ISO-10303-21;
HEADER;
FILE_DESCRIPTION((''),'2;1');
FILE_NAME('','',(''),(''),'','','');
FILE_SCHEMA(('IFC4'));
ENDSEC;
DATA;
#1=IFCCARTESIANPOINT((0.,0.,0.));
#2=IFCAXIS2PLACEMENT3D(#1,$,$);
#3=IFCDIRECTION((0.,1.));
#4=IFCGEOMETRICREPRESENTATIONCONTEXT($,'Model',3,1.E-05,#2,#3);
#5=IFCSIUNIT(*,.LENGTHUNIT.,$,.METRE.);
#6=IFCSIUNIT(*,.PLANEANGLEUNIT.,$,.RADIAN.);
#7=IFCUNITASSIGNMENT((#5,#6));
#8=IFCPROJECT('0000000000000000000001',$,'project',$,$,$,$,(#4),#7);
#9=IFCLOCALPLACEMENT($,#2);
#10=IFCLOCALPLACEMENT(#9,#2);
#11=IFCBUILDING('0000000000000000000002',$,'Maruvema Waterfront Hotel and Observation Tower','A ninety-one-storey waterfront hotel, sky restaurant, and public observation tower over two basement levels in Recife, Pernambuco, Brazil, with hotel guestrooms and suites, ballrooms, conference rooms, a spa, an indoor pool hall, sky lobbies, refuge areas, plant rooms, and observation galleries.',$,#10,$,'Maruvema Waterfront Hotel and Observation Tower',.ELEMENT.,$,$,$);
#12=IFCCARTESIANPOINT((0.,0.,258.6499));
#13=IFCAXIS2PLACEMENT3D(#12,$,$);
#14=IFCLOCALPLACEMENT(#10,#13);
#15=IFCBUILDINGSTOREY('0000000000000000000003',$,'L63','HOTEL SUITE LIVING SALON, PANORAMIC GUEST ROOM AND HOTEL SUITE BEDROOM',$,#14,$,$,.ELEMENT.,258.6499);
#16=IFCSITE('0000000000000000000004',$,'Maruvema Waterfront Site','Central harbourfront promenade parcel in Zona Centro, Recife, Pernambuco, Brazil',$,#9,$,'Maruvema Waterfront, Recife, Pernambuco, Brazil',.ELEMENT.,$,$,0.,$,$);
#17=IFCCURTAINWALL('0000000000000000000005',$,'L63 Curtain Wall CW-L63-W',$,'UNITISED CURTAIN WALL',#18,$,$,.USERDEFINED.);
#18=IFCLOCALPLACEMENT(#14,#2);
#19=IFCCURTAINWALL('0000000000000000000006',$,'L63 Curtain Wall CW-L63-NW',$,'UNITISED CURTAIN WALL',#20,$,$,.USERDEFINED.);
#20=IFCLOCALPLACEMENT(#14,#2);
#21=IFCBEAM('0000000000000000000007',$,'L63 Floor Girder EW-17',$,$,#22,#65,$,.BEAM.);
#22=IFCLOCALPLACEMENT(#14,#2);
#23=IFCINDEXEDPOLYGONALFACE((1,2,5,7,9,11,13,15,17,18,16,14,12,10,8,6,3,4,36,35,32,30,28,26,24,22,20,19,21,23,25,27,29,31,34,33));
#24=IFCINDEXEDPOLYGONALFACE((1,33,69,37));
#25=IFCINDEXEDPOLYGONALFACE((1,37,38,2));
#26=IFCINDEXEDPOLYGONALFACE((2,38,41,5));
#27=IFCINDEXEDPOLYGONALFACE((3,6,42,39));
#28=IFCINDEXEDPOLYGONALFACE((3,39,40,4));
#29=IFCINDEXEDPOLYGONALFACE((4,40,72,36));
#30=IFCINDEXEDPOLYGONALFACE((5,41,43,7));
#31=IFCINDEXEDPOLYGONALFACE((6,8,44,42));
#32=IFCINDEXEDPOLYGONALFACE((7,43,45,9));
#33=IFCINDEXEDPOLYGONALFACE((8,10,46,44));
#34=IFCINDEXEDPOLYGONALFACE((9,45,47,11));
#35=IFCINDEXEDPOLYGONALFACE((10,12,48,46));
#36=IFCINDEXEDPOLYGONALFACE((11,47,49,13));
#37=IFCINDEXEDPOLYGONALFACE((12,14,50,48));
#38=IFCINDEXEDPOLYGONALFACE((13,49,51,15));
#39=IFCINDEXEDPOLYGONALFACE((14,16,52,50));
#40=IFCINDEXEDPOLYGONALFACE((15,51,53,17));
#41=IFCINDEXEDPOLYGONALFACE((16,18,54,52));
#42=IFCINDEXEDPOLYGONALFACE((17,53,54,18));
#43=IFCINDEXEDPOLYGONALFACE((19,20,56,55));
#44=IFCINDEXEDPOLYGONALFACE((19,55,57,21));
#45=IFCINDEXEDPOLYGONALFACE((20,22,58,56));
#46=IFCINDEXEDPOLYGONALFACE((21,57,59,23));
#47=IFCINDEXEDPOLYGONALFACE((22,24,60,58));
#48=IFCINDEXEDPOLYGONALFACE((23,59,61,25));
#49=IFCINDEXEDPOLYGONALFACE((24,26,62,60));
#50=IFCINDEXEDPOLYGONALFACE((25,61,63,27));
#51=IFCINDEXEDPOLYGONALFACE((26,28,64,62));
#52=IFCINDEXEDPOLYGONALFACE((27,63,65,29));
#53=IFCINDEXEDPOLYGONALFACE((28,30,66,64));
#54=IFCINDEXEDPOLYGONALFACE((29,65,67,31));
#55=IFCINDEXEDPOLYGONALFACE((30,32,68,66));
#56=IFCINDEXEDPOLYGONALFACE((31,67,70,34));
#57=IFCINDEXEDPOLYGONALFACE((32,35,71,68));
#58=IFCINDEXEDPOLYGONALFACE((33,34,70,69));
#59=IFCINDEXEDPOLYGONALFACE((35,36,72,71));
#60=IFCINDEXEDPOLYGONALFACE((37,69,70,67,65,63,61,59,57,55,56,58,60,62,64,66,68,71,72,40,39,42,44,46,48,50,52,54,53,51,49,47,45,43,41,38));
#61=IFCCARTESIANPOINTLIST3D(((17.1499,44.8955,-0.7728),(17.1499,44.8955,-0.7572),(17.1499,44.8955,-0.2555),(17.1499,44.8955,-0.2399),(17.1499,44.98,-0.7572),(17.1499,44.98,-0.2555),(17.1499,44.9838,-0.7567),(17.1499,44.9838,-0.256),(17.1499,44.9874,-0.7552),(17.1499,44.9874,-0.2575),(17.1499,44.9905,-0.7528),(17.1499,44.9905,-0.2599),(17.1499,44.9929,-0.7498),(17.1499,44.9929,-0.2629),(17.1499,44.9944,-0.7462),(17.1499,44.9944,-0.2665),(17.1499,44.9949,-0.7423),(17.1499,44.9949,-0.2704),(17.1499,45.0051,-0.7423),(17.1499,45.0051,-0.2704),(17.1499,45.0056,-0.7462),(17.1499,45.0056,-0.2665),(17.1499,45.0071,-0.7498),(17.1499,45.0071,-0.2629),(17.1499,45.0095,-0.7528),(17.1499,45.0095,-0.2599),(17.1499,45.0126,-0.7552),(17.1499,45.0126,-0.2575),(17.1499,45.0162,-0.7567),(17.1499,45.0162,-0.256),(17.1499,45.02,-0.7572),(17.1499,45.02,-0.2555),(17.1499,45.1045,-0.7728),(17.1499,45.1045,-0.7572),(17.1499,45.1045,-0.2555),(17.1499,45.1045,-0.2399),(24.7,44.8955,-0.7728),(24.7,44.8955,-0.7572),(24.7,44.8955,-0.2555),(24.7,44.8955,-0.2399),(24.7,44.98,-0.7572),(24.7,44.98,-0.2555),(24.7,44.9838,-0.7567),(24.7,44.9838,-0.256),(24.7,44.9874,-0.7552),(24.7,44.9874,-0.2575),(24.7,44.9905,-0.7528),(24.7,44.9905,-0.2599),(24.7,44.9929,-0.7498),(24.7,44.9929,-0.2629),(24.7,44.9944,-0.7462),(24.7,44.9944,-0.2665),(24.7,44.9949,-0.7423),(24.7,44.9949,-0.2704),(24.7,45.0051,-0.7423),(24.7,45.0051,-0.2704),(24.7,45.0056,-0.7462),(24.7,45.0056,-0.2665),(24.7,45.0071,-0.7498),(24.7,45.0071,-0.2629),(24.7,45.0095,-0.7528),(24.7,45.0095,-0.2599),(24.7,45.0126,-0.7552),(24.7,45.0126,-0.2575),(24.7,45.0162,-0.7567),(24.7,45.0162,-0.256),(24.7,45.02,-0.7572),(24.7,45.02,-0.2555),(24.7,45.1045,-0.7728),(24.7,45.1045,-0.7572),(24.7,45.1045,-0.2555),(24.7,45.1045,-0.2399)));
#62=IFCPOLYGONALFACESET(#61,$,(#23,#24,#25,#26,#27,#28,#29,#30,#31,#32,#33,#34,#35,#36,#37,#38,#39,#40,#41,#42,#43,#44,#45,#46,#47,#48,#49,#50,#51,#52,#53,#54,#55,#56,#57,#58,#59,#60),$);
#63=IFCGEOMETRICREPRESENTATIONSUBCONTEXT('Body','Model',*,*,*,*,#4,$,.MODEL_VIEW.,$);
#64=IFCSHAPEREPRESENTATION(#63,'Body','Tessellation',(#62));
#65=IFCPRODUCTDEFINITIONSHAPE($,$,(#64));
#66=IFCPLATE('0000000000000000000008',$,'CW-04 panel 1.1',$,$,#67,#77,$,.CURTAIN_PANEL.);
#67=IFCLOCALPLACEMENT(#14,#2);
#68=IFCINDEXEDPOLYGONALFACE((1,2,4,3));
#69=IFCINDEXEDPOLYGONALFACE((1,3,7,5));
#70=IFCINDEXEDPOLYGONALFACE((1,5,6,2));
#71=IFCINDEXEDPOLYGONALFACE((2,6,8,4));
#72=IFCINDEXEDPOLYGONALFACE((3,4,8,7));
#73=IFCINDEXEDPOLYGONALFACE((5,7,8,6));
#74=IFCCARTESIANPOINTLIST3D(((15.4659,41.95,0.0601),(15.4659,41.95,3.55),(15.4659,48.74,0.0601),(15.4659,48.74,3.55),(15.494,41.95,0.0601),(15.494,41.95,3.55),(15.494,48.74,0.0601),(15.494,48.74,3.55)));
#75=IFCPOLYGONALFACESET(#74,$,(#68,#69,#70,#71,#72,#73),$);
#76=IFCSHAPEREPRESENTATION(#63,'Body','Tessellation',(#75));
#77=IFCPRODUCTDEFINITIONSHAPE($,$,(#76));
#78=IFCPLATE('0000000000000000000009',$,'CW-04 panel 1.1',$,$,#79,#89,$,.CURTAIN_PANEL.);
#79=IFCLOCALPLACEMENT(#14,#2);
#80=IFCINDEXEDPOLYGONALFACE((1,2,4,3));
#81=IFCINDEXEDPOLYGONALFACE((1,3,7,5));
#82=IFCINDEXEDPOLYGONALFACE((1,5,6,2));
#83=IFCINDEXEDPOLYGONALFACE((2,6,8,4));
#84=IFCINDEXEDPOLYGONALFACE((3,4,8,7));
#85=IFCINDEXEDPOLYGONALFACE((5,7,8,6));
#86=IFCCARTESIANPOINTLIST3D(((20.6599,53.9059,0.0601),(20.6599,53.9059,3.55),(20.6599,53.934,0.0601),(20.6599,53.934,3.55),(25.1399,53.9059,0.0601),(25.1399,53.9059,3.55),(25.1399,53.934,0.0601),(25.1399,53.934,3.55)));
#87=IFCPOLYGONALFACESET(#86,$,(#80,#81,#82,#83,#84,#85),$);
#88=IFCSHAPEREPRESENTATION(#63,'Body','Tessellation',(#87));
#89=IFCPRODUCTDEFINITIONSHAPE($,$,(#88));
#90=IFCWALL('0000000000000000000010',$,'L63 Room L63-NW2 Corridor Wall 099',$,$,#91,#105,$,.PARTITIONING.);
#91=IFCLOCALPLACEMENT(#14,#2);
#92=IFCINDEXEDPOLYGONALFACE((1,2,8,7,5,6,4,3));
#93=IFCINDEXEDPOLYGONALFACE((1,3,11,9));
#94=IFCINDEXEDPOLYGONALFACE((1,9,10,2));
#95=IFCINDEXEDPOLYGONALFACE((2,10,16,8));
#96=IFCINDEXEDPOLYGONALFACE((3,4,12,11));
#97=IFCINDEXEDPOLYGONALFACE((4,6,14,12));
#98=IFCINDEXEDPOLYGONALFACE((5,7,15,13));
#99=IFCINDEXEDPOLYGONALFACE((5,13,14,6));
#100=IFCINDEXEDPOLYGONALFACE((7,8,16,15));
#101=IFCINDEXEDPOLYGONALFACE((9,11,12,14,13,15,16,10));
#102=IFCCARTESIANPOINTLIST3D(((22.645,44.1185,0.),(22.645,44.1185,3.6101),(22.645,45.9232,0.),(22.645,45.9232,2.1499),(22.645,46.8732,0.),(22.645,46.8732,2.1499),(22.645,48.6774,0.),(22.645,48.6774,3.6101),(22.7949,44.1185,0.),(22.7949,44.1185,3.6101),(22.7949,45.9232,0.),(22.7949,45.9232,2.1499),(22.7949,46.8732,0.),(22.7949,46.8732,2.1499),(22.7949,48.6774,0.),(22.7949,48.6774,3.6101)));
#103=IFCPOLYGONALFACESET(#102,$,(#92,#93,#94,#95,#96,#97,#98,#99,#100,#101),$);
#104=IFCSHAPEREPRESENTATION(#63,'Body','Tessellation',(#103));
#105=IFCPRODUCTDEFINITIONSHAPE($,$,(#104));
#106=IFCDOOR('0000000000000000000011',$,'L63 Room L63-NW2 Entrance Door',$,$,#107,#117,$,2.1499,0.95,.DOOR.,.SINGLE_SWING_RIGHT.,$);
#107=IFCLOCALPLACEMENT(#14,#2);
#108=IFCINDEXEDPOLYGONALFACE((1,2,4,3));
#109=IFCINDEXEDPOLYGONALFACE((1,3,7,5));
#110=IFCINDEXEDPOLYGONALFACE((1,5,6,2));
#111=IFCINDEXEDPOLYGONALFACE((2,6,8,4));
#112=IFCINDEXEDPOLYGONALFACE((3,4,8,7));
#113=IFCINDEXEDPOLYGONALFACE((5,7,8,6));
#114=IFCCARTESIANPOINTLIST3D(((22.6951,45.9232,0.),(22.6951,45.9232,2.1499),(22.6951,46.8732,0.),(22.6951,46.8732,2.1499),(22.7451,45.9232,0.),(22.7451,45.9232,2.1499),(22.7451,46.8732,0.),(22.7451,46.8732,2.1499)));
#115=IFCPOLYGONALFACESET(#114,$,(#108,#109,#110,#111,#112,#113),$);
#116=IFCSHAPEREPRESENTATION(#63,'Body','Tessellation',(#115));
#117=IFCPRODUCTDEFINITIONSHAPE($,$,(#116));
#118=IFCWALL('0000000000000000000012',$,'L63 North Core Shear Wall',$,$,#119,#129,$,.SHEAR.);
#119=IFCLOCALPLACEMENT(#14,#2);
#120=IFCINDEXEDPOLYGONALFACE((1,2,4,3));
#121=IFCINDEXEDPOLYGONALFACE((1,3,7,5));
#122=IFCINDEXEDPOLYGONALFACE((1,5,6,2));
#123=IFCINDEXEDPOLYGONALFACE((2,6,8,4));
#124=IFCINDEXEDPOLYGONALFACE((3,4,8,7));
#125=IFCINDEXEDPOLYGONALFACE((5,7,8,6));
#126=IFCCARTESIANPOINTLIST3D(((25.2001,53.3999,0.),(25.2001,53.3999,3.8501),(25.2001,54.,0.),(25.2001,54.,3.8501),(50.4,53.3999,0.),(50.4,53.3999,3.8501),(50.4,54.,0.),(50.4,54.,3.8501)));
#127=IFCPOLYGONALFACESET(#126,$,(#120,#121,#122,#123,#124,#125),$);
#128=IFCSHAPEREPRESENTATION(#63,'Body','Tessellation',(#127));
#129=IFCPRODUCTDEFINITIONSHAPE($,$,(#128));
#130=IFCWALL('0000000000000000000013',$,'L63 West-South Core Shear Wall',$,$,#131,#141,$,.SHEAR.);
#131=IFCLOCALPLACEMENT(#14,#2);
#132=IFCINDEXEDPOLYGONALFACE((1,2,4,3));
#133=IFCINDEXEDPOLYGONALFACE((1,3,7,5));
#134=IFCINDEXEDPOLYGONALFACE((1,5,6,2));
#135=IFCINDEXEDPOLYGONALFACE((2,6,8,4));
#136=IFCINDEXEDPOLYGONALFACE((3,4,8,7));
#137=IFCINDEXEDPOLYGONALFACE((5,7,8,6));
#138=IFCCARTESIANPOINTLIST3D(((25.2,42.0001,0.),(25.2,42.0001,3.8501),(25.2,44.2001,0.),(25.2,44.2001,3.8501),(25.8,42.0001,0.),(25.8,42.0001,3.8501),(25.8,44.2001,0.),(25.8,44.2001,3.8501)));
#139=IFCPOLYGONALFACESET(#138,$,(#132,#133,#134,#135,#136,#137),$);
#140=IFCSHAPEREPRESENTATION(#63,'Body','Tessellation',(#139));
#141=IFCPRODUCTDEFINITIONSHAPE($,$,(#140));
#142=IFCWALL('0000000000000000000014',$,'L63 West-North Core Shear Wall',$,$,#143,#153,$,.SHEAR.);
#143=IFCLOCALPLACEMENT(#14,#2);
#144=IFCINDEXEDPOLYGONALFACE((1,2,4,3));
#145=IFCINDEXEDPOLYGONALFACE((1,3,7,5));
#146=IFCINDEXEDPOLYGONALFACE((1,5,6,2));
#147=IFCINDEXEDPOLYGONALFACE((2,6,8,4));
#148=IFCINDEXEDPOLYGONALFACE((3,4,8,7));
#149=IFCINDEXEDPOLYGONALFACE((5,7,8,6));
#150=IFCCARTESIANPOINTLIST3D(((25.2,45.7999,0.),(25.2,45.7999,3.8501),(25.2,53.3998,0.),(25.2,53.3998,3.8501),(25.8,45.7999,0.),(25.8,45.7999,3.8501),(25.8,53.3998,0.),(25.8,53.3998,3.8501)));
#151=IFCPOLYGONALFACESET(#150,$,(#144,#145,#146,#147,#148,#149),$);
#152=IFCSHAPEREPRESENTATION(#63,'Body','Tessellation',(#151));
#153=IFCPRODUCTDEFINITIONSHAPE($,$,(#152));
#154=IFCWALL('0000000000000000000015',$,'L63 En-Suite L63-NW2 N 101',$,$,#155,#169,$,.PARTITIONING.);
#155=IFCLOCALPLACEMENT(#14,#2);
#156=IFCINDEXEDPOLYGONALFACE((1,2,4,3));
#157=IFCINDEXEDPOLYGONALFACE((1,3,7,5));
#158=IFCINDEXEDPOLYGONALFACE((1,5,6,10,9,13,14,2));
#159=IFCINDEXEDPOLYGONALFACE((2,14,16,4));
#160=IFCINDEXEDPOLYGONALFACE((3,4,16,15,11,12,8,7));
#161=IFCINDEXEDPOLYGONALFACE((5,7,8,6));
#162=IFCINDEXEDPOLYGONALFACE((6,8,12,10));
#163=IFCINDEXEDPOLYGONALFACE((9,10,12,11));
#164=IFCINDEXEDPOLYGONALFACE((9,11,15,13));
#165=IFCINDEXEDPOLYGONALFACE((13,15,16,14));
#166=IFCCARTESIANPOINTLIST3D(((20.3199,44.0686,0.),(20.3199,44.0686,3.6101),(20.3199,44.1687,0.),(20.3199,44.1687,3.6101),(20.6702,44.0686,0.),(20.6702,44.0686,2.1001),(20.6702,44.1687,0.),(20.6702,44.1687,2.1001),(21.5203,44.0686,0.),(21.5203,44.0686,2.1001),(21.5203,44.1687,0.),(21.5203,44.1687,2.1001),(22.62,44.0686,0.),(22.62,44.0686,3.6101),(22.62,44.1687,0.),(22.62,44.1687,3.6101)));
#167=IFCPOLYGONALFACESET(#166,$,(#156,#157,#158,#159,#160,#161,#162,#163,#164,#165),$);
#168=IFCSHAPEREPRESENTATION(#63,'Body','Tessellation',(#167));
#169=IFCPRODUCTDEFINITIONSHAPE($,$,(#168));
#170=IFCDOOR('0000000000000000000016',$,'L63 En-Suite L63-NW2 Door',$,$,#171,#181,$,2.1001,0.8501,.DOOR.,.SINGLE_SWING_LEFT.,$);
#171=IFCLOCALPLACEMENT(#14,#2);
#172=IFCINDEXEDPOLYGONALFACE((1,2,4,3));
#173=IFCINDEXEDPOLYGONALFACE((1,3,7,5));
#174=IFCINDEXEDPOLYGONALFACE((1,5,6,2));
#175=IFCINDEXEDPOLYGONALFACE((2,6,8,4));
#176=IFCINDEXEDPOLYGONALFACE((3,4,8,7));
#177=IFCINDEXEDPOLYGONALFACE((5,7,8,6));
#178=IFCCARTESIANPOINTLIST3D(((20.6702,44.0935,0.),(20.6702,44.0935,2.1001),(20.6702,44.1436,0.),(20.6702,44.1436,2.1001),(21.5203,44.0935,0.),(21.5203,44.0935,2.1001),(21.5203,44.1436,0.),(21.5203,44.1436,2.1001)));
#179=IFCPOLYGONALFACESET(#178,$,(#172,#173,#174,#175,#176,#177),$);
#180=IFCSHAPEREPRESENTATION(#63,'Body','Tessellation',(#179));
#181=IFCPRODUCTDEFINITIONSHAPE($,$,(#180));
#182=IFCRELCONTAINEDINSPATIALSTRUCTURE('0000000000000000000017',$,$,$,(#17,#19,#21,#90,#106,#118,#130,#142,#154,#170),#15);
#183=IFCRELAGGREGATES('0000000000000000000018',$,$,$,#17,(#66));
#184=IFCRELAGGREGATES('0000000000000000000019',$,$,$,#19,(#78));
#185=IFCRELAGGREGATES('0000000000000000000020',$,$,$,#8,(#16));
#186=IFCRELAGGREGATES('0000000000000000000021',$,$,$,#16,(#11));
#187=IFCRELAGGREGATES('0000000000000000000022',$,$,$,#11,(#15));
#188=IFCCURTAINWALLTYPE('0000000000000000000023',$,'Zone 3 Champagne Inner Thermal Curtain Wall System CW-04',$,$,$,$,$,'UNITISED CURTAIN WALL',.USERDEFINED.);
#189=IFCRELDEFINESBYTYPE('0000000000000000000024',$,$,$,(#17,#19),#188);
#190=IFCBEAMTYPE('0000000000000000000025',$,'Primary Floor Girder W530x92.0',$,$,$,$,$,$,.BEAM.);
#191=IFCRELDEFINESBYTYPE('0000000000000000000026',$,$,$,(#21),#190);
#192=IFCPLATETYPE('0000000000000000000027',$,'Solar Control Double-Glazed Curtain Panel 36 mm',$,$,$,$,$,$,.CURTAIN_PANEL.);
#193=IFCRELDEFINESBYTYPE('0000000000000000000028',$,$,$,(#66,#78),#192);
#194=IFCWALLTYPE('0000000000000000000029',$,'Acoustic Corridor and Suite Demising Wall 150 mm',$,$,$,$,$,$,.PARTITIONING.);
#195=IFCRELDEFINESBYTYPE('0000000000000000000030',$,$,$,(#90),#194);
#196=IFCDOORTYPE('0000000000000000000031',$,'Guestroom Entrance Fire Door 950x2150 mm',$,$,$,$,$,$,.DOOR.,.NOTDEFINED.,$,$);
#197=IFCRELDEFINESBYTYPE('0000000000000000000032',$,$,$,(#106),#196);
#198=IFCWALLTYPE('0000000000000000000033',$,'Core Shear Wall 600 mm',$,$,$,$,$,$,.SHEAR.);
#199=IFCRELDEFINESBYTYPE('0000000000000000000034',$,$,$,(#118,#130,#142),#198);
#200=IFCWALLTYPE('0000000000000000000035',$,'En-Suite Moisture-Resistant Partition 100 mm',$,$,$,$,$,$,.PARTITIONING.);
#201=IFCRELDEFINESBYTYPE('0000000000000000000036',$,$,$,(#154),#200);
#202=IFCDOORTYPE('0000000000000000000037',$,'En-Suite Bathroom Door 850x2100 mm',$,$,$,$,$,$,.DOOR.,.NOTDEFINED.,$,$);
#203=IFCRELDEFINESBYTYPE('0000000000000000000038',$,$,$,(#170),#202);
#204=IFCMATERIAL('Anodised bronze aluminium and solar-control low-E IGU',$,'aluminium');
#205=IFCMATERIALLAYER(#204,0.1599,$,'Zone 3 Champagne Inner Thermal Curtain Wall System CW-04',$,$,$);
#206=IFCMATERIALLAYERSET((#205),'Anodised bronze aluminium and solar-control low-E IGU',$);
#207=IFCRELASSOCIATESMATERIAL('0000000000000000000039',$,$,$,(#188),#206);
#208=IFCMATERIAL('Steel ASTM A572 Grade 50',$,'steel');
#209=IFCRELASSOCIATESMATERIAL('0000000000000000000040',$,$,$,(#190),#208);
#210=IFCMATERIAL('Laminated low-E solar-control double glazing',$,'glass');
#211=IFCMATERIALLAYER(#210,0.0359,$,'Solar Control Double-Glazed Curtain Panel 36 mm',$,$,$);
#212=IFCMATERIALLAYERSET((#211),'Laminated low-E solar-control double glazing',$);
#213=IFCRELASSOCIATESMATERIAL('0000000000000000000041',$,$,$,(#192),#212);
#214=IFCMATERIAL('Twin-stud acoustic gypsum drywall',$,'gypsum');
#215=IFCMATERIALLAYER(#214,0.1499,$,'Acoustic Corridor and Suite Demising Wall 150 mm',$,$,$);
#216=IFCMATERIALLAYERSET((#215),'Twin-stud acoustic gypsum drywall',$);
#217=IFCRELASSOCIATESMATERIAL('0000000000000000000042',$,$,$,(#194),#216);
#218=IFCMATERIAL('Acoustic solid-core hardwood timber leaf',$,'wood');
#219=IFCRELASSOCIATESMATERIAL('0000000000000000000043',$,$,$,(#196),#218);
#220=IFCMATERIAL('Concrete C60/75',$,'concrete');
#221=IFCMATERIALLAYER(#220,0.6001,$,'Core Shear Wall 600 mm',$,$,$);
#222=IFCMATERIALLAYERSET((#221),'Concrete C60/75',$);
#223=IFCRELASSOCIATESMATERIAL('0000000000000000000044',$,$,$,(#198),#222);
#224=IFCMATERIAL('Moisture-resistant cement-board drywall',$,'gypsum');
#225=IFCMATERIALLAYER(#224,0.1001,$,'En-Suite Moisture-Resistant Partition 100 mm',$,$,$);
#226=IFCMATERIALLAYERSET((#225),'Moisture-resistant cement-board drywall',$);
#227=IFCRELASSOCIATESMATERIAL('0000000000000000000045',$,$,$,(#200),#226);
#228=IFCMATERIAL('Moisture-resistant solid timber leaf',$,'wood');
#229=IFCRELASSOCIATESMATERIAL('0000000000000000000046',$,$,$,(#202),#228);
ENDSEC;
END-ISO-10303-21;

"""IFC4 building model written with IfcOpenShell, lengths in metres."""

from ifc_helpers import new_model, si_unit, direction, frame, frame_2d, origin, origin_2d, place, context, subcontext, project, spatial, rectangle, i_section, extrude, material, layer, layer_set, material_profile, profile_set, type_object, element, fill, aggregate, save


model = new_model("IFC4")

# Units and contexts
model_context = context("Model", 3, precision=1e-05, world=origin(), true_north=direction((0.0, 1.0)))
body_context = subcontext(model_context, "Body", "Model", "MODEL_VIEW")
ifc_project = project(units=[si_unit("LENGTHUNIT", "METRE"), si_unit("PLANEANGLEUNIT", "RADIAN")], contexts=[model_context])

# Site, building, storey
site_placement = place(None, origin())
site = spatial("IfcSite", under=ifc_project, at=site_placement, Name="Maruvema Waterfront Site", Description="Central harbourfront promenade parcel in Zona Centro, Recife, Pernambuco, Brazil", LongName="Maruvema Waterfront, Recife, Pernambuco, Brazil", CompositionType="ELEMENT", RefElevation=0.0)
building_placement = place(site_placement, origin())
building = spatial("IfcBuilding", under=site, at=building_placement, Name="Maruvema Waterfront Hotel and Observation Tower", Description="A ninety-one-storey waterfront hotel, sky restaurant, and public observation tower over two basement levels in Recife, Pernambuco, Brazil, with hotel guestrooms and suites, ballrooms, conference rooms, a spa, an indoor pool hall, sky lobbies, refuge areas, plant rooms, and observation galleries.", LongName="Maruvema Waterfront Hotel and Observation Tower", CompositionType="ELEMENT")
storey_placement = place(building_placement, frame((0.0, 0.0, 258.6499)))
storey = spatial("IfcBuildingStorey", under=building, at=storey_placement, Name="L63", Description="HOTEL SUITE LIVING SALON, PANORAMIC GUEST ROOM AND HOTEL SUITE BEDROOM", CompositionType="ELEMENT", Elevation=258.6499)

# Curtain walls
ifc_material_1 = material(Name="Anodised bronze aluminium and solar-control low-E IGU", Category="aluminium")
ifc_layer_1 = layer(ifc_material_1, 0.1599, Name="Zone 3 Champagne Inner Thermal Curtain Wall System CW-04")
ifc_layer_set_1 = layer_set([ifc_layer_1], Name="Anodised bronze aluminium and solar-control low-E IGU")
curtain_wall_type = type_object("IfcCurtainWallType", Name="Zone 3 Champagne Inner Thermal Curtain Wall System CW-04", ElementType="UNITISED CURTAIN WALL", PredefinedType="USERDEFINED", material=ifc_layer_set_1)
curtain_wall_1_placement = place(storey_placement, origin())
curtain_wall_1 = element("IfcCurtainWall", 1, at=curtain_wall_1_placement, inside=storey, type_object=curtain_wall_type, Name="L63 Curtain Wall CW-L63-W", ObjectType="UNITISED CURTAIN WALL", PredefinedType="USERDEFINED")
curtain_wall_2_placement = place(storey_placement, origin())
curtain_wall_2 = element("IfcCurtainWall", 2, at=curtain_wall_2_placement, inside=storey, type_object=curtain_wall_type, Name="L63 Curtain Wall CW-L63-NW", ObjectType="UNITISED CURTAIN WALL", PredefinedType="USERDEFINED")

# Beam
ifc_material_2 = material(Name="Steel ASTM A572 Grade 50", Category="steel")
ifc_material_profile_1 = material_profile(ifc_material_2, i_section(OverallWidth=0.209, OverallDepth=0.533, WebThickness=0.0103, FlangeThickness=0.0156, FilletRadius=0.0149, at=origin_2d()), Name="W530x92.0")
ifc_profile_set_1 = profile_set([ifc_material_profile_1], Name="Steel ASTM A572 Grade 50")
beam_type = type_object("IfcBeamType", Name="Primary Floor Girder W530x92.0", PredefinedType="BEAM", material=ifc_profile_set_1)
beam_placement = place(storey_placement, frame((17.1499, 45.0, -0.5063), z_axis=(1.0, 0.0, 0.0), x_axis=(0.0, 1.0, 0.0)))
element("IfcBeam", 3, at=beam_placement, inside=storey, type_object=beam_type, Name="L63 Floor Girder EW-17", PredefinedType="BEAM", context=body_context, shape_type="SweptSolid", body=[
    extrude(i_section(OverallWidth=0.209, OverallDepth=0.533, WebThickness=0.0103, FlangeThickness=0.0156, FilletRadius=0.0149, at=origin_2d()), origin(), (0.0, 0.0, 1.0), 7.55),
])

# Plates
ifc_material_3 = material(Name="Laminated low-E solar-control double glazing", Category="glass")
ifc_layer_2 = layer(ifc_material_3, 0.0359, Name="Solar Control Double-Glazed Curtain Panel 36 mm")
ifc_layer_set_2 = layer_set([ifc_layer_2], Name="Laminated low-E solar-control double glazing")
plate_type = type_object("IfcPlateType", Name="Solar Control Double-Glazed Curtain Panel 36 mm", PredefinedType="CURTAIN_PANEL", material=ifc_layer_set_2)
plate_1_placement = place(storey_placement, frame((15.48, 45.345, 0.0601), z_axis=(0.0, 0.0, 1.0), x_axis=(0.0, -1.0, 0.0)))
plate_1 = element("IfcPlate", 4, at=plate_1_placement, type_object=plate_type, Name="CW-04 panel 1.1", PredefinedType="CURTAIN_PANEL", context=body_context, shape_type="SweptSolid", body=[
    extrude(rectangle(XDim=6.79, YDim=0.0281, at=origin_2d()), origin(), (0.0, 0.0, 1.0), 3.49),
])
aggregate(curtain_wall_1, [plate_1])
plate_2_placement = place(storey_placement, frame((22.8999, 53.9199, 0.0601), z_axis=(0.0, 0.0, 1.0), x_axis=(-1.0, 0.0, 0.0)))
plate_2 = element("IfcPlate", 5, at=plate_2_placement, type_object=plate_type, Name="CW-04 panel 1.1", PredefinedType="CURTAIN_PANEL", context=body_context, shape_type="SweptSolid", body=[
    extrude(rectangle(XDim=4.48, YDim=0.0281, at=origin_2d()), origin(), (0.0, 0.0, 1.0), 3.49),
])
aggregate(curtain_wall_2, [plate_2])

# Wall, opening, door
ifc_material_4 = material(Name="Twin-stud acoustic gypsum drywall", Category="gypsum")
ifc_layer_3 = layer(ifc_material_4, 0.1499, Name="Acoustic Corridor and Suite Demising Wall 150 mm")
ifc_layer_set_3 = layer_set([ifc_layer_3], Name="Twin-stud acoustic gypsum drywall")
wall_type_1 = type_object("IfcWallType", Name="Acoustic Corridor and Suite Demising Wall 150 mm", PredefinedType="PARTITIONING", material=ifc_layer_set_3)
wall_1_placement = place(storey_placement, frame((22.72, 44.1187, 0.0), z_axis=(0.0, 0.0, 1.0), x_axis=(0.0, 1.0, 0.0)))
wall_1 = element("IfcWall", 6, at=wall_1_placement, inside=storey, type_object=wall_type_1, Name="L63 Room L63-NW2 Corridor Wall 099", PredefinedType="PARTITIONING", context=body_context, shape_type="SweptSolid", body=[
    extrude(rectangle(XDim=4.5588, YDim=0.1499, at=frame_2d((2.2793, 0.0))), origin(), (0.0, 0.0, 1.0), 3.6101),
])
opening_1_placement = place(wall_1_placement, frame((1.8044, 0.0, 0.0)))
opening_1 = element("IfcOpeningElement", 7, at=opening_1_placement, cuts=wall_1, PredefinedType="OPENING", context=body_context, shape_type="SweptSolid", body=[
    extrude(rectangle(XDim=0.95, YDim=2.1499, at=frame_2d((0.4751, 1.075))), frame((0.0, 0.085, 0.0), z_axis=(0.0, -1.0, 0.0), x_axis=(1.0, 0.0, 0.0)), (0.0, 0.0, 1.0), 0.1699),
])
ifc_material_5 = material(Name="Acoustic solid-core hardwood timber leaf", Category="wood")
door_type_1 = type_object("IfcDoorType", Name="Guestroom Entrance Fire Door 950x2150 mm", OperationType="NOTDEFINED", PredefinedType="DOOR", material=ifc_material_5)
door_1_placement = place(opening_1_placement, origin())
door_1 = element("IfcDoor", 8, at=door_1_placement, inside=storey, type_object=door_type_1, Name="L63 Room L63-NW2 Entrance Door", OperationType="SINGLE_SWING_RIGHT", OverallHeight=2.1499, OverallWidth=0.95, PredefinedType="DOOR", context=body_context, shape_type="SweptSolid", body=[
    extrude(rectangle(XDim=0.95, YDim=2.1499, at=frame_2d((0.4751, 1.075))), frame((0.0, 0.0249, 0.0), z_axis=(0.0, -1.0, 0.0), x_axis=(1.0, 0.0, 0.0)), (0.0, 0.0, 1.0), 0.05),
])
fill(opening_1, door_1)

# Walls
ifc_material_6 = material(Name="Concrete C60/75", Category="concrete")
ifc_layer_4 = layer(ifc_material_6, 0.6001, Name="Core Shear Wall 600 mm")
ifc_layer_set_4 = layer_set([ifc_layer_4], Name="Concrete C60/75")
wall_type_2 = type_object("IfcWallType", Name="Core Shear Wall 600 mm", PredefinedType="SHEAR", material=ifc_layer_set_4)
wall_2_placement = place(storey_placement, frame((25.2, 53.7, 0.0), z_axis=(0.0, 0.0, 1.0), x_axis=(1.0, 0.0, 0.0)))
element("IfcWall", 9, at=wall_2_placement, inside=storey, type_object=wall_type_2, Name="L63 North Core Shear Wall", PredefinedType="SHEAR", context=body_context, shape_type="SweptSolid", body=[
    extrude(rectangle(XDim=25.2, YDim=0.6001, at=frame_2d((12.6001, 0.0))), origin(), (0.0, 0.0, 1.0), 3.8501),
])
wall_3_placement = place(storey_placement, frame((25.5, 42.0, 0.0), z_axis=(0.0, 0.0, 1.0), x_axis=(0.0, 1.0, 0.0)))
element("IfcWall", 10, at=wall_3_placement, inside=storey, type_object=wall_type_2, Name="L63 West-South Core Shear Wall", PredefinedType="SHEAR", context=body_context, shape_type="SweptSolid", body=[
    extrude(rectangle(XDim=2.2, YDim=0.6001, at=frame_2d((1.1001, 0.0))), origin(), (0.0, 0.0, 1.0), 3.8501),
])
wall_4_placement = place(storey_placement, frame((25.5, 45.8, 0.0), z_axis=(0.0, 0.0, 1.0), x_axis=(0.0, 1.0, 0.0)))
element("IfcWall", 11, at=wall_4_placement, inside=storey, type_object=wall_type_2, Name="L63 West-North Core Shear Wall", PredefinedType="SHEAR", context=body_context, shape_type="SweptSolid", body=[
    extrude(rectangle(XDim=7.5999, YDim=0.6001, at=frame_2d((3.7998, 0.0))), origin(), (0.0, 0.0, 1.0), 3.8501),
])

# Wall, opening, door
ifc_material_7 = material(Name="Moisture-resistant cement-board drywall", Category="gypsum")
ifc_layer_5 = layer(ifc_material_7, 0.1001, Name="En-Suite Moisture-Resistant Partition 100 mm")
ifc_layer_set_5 = layer_set([ifc_layer_5], Name="Moisture-resistant cement-board drywall")
wall_type_3 = type_object("IfcWallType", Name="En-Suite Moisture-Resistant Partition 100 mm", PredefinedType="PARTITIONING", material=ifc_layer_set_5)
wall_5_placement = place(storey_placement, frame((20.3201, 44.1187, 0.0), z_axis=(0.0, 0.0, 1.0), x_axis=(1.0, 0.0, 0.0)))
wall_5 = element("IfcWall", 12, at=wall_5_placement, inside=storey, type_object=wall_type_3, Name="L63 En-Suite L63-NW2 N 101", PredefinedType="PARTITIONING", context=body_context, shape_type="SweptSolid", body=[
    extrude(rectangle(XDim=2.3, YDim=0.1001, at=frame_2d((1.1499, 0.0))), origin(), (0.0, 0.0, 1.0), 3.6101),
])
opening_2_placement = place(wall_5_placement, frame((0.3501, 0.0, 0.0)))
opening_2 = element("IfcOpeningElement", 13, at=opening_2_placement, cuts=wall_5, PredefinedType="OPENING", context=body_context, shape_type="SweptSolid", body=[
    extrude(rectangle(XDim=0.8501, YDim=2.1001, at=frame_2d((0.425, 1.05))), frame((0.0, 0.0601, 0.0), z_axis=(0.0, -1.0, 0.0), x_axis=(1.0, 0.0, 0.0)), (0.0, 0.0, 1.0), 0.1201),
])
ifc_material_8 = material(Name="Moisture-resistant solid timber leaf", Category="wood")
door_type_2 = type_object("IfcDoorType", Name="En-Suite Bathroom Door 850x2100 mm", OperationType="NOTDEFINED", PredefinedType="DOOR", material=ifc_material_8)
door_2_placement = place(opening_2_placement, origin())
door_2 = element("IfcDoor", 14, at=door_2_placement, inside=storey, type_object=door_type_2, Name="L63 En-Suite L63-NW2 Door", OperationType="SINGLE_SWING_LEFT", OverallHeight=2.1001, OverallWidth=0.8501, PredefinedType="DOOR", context=body_context, shape_type="SweptSolid", body=[
    extrude(rectangle(XDim=0.8501, YDim=2.1001, at=frame_2d((0.425, 1.05))), frame((0.0, 0.0249, 0.0), z_axis=(0.0, -1.0, 0.0), x_axis=(1.0, 0.0, 0.0)), (0.0, 0.0, 1.0), 0.05),
])
fill(opening_2, door_2)

save(model, "model.ifc")
